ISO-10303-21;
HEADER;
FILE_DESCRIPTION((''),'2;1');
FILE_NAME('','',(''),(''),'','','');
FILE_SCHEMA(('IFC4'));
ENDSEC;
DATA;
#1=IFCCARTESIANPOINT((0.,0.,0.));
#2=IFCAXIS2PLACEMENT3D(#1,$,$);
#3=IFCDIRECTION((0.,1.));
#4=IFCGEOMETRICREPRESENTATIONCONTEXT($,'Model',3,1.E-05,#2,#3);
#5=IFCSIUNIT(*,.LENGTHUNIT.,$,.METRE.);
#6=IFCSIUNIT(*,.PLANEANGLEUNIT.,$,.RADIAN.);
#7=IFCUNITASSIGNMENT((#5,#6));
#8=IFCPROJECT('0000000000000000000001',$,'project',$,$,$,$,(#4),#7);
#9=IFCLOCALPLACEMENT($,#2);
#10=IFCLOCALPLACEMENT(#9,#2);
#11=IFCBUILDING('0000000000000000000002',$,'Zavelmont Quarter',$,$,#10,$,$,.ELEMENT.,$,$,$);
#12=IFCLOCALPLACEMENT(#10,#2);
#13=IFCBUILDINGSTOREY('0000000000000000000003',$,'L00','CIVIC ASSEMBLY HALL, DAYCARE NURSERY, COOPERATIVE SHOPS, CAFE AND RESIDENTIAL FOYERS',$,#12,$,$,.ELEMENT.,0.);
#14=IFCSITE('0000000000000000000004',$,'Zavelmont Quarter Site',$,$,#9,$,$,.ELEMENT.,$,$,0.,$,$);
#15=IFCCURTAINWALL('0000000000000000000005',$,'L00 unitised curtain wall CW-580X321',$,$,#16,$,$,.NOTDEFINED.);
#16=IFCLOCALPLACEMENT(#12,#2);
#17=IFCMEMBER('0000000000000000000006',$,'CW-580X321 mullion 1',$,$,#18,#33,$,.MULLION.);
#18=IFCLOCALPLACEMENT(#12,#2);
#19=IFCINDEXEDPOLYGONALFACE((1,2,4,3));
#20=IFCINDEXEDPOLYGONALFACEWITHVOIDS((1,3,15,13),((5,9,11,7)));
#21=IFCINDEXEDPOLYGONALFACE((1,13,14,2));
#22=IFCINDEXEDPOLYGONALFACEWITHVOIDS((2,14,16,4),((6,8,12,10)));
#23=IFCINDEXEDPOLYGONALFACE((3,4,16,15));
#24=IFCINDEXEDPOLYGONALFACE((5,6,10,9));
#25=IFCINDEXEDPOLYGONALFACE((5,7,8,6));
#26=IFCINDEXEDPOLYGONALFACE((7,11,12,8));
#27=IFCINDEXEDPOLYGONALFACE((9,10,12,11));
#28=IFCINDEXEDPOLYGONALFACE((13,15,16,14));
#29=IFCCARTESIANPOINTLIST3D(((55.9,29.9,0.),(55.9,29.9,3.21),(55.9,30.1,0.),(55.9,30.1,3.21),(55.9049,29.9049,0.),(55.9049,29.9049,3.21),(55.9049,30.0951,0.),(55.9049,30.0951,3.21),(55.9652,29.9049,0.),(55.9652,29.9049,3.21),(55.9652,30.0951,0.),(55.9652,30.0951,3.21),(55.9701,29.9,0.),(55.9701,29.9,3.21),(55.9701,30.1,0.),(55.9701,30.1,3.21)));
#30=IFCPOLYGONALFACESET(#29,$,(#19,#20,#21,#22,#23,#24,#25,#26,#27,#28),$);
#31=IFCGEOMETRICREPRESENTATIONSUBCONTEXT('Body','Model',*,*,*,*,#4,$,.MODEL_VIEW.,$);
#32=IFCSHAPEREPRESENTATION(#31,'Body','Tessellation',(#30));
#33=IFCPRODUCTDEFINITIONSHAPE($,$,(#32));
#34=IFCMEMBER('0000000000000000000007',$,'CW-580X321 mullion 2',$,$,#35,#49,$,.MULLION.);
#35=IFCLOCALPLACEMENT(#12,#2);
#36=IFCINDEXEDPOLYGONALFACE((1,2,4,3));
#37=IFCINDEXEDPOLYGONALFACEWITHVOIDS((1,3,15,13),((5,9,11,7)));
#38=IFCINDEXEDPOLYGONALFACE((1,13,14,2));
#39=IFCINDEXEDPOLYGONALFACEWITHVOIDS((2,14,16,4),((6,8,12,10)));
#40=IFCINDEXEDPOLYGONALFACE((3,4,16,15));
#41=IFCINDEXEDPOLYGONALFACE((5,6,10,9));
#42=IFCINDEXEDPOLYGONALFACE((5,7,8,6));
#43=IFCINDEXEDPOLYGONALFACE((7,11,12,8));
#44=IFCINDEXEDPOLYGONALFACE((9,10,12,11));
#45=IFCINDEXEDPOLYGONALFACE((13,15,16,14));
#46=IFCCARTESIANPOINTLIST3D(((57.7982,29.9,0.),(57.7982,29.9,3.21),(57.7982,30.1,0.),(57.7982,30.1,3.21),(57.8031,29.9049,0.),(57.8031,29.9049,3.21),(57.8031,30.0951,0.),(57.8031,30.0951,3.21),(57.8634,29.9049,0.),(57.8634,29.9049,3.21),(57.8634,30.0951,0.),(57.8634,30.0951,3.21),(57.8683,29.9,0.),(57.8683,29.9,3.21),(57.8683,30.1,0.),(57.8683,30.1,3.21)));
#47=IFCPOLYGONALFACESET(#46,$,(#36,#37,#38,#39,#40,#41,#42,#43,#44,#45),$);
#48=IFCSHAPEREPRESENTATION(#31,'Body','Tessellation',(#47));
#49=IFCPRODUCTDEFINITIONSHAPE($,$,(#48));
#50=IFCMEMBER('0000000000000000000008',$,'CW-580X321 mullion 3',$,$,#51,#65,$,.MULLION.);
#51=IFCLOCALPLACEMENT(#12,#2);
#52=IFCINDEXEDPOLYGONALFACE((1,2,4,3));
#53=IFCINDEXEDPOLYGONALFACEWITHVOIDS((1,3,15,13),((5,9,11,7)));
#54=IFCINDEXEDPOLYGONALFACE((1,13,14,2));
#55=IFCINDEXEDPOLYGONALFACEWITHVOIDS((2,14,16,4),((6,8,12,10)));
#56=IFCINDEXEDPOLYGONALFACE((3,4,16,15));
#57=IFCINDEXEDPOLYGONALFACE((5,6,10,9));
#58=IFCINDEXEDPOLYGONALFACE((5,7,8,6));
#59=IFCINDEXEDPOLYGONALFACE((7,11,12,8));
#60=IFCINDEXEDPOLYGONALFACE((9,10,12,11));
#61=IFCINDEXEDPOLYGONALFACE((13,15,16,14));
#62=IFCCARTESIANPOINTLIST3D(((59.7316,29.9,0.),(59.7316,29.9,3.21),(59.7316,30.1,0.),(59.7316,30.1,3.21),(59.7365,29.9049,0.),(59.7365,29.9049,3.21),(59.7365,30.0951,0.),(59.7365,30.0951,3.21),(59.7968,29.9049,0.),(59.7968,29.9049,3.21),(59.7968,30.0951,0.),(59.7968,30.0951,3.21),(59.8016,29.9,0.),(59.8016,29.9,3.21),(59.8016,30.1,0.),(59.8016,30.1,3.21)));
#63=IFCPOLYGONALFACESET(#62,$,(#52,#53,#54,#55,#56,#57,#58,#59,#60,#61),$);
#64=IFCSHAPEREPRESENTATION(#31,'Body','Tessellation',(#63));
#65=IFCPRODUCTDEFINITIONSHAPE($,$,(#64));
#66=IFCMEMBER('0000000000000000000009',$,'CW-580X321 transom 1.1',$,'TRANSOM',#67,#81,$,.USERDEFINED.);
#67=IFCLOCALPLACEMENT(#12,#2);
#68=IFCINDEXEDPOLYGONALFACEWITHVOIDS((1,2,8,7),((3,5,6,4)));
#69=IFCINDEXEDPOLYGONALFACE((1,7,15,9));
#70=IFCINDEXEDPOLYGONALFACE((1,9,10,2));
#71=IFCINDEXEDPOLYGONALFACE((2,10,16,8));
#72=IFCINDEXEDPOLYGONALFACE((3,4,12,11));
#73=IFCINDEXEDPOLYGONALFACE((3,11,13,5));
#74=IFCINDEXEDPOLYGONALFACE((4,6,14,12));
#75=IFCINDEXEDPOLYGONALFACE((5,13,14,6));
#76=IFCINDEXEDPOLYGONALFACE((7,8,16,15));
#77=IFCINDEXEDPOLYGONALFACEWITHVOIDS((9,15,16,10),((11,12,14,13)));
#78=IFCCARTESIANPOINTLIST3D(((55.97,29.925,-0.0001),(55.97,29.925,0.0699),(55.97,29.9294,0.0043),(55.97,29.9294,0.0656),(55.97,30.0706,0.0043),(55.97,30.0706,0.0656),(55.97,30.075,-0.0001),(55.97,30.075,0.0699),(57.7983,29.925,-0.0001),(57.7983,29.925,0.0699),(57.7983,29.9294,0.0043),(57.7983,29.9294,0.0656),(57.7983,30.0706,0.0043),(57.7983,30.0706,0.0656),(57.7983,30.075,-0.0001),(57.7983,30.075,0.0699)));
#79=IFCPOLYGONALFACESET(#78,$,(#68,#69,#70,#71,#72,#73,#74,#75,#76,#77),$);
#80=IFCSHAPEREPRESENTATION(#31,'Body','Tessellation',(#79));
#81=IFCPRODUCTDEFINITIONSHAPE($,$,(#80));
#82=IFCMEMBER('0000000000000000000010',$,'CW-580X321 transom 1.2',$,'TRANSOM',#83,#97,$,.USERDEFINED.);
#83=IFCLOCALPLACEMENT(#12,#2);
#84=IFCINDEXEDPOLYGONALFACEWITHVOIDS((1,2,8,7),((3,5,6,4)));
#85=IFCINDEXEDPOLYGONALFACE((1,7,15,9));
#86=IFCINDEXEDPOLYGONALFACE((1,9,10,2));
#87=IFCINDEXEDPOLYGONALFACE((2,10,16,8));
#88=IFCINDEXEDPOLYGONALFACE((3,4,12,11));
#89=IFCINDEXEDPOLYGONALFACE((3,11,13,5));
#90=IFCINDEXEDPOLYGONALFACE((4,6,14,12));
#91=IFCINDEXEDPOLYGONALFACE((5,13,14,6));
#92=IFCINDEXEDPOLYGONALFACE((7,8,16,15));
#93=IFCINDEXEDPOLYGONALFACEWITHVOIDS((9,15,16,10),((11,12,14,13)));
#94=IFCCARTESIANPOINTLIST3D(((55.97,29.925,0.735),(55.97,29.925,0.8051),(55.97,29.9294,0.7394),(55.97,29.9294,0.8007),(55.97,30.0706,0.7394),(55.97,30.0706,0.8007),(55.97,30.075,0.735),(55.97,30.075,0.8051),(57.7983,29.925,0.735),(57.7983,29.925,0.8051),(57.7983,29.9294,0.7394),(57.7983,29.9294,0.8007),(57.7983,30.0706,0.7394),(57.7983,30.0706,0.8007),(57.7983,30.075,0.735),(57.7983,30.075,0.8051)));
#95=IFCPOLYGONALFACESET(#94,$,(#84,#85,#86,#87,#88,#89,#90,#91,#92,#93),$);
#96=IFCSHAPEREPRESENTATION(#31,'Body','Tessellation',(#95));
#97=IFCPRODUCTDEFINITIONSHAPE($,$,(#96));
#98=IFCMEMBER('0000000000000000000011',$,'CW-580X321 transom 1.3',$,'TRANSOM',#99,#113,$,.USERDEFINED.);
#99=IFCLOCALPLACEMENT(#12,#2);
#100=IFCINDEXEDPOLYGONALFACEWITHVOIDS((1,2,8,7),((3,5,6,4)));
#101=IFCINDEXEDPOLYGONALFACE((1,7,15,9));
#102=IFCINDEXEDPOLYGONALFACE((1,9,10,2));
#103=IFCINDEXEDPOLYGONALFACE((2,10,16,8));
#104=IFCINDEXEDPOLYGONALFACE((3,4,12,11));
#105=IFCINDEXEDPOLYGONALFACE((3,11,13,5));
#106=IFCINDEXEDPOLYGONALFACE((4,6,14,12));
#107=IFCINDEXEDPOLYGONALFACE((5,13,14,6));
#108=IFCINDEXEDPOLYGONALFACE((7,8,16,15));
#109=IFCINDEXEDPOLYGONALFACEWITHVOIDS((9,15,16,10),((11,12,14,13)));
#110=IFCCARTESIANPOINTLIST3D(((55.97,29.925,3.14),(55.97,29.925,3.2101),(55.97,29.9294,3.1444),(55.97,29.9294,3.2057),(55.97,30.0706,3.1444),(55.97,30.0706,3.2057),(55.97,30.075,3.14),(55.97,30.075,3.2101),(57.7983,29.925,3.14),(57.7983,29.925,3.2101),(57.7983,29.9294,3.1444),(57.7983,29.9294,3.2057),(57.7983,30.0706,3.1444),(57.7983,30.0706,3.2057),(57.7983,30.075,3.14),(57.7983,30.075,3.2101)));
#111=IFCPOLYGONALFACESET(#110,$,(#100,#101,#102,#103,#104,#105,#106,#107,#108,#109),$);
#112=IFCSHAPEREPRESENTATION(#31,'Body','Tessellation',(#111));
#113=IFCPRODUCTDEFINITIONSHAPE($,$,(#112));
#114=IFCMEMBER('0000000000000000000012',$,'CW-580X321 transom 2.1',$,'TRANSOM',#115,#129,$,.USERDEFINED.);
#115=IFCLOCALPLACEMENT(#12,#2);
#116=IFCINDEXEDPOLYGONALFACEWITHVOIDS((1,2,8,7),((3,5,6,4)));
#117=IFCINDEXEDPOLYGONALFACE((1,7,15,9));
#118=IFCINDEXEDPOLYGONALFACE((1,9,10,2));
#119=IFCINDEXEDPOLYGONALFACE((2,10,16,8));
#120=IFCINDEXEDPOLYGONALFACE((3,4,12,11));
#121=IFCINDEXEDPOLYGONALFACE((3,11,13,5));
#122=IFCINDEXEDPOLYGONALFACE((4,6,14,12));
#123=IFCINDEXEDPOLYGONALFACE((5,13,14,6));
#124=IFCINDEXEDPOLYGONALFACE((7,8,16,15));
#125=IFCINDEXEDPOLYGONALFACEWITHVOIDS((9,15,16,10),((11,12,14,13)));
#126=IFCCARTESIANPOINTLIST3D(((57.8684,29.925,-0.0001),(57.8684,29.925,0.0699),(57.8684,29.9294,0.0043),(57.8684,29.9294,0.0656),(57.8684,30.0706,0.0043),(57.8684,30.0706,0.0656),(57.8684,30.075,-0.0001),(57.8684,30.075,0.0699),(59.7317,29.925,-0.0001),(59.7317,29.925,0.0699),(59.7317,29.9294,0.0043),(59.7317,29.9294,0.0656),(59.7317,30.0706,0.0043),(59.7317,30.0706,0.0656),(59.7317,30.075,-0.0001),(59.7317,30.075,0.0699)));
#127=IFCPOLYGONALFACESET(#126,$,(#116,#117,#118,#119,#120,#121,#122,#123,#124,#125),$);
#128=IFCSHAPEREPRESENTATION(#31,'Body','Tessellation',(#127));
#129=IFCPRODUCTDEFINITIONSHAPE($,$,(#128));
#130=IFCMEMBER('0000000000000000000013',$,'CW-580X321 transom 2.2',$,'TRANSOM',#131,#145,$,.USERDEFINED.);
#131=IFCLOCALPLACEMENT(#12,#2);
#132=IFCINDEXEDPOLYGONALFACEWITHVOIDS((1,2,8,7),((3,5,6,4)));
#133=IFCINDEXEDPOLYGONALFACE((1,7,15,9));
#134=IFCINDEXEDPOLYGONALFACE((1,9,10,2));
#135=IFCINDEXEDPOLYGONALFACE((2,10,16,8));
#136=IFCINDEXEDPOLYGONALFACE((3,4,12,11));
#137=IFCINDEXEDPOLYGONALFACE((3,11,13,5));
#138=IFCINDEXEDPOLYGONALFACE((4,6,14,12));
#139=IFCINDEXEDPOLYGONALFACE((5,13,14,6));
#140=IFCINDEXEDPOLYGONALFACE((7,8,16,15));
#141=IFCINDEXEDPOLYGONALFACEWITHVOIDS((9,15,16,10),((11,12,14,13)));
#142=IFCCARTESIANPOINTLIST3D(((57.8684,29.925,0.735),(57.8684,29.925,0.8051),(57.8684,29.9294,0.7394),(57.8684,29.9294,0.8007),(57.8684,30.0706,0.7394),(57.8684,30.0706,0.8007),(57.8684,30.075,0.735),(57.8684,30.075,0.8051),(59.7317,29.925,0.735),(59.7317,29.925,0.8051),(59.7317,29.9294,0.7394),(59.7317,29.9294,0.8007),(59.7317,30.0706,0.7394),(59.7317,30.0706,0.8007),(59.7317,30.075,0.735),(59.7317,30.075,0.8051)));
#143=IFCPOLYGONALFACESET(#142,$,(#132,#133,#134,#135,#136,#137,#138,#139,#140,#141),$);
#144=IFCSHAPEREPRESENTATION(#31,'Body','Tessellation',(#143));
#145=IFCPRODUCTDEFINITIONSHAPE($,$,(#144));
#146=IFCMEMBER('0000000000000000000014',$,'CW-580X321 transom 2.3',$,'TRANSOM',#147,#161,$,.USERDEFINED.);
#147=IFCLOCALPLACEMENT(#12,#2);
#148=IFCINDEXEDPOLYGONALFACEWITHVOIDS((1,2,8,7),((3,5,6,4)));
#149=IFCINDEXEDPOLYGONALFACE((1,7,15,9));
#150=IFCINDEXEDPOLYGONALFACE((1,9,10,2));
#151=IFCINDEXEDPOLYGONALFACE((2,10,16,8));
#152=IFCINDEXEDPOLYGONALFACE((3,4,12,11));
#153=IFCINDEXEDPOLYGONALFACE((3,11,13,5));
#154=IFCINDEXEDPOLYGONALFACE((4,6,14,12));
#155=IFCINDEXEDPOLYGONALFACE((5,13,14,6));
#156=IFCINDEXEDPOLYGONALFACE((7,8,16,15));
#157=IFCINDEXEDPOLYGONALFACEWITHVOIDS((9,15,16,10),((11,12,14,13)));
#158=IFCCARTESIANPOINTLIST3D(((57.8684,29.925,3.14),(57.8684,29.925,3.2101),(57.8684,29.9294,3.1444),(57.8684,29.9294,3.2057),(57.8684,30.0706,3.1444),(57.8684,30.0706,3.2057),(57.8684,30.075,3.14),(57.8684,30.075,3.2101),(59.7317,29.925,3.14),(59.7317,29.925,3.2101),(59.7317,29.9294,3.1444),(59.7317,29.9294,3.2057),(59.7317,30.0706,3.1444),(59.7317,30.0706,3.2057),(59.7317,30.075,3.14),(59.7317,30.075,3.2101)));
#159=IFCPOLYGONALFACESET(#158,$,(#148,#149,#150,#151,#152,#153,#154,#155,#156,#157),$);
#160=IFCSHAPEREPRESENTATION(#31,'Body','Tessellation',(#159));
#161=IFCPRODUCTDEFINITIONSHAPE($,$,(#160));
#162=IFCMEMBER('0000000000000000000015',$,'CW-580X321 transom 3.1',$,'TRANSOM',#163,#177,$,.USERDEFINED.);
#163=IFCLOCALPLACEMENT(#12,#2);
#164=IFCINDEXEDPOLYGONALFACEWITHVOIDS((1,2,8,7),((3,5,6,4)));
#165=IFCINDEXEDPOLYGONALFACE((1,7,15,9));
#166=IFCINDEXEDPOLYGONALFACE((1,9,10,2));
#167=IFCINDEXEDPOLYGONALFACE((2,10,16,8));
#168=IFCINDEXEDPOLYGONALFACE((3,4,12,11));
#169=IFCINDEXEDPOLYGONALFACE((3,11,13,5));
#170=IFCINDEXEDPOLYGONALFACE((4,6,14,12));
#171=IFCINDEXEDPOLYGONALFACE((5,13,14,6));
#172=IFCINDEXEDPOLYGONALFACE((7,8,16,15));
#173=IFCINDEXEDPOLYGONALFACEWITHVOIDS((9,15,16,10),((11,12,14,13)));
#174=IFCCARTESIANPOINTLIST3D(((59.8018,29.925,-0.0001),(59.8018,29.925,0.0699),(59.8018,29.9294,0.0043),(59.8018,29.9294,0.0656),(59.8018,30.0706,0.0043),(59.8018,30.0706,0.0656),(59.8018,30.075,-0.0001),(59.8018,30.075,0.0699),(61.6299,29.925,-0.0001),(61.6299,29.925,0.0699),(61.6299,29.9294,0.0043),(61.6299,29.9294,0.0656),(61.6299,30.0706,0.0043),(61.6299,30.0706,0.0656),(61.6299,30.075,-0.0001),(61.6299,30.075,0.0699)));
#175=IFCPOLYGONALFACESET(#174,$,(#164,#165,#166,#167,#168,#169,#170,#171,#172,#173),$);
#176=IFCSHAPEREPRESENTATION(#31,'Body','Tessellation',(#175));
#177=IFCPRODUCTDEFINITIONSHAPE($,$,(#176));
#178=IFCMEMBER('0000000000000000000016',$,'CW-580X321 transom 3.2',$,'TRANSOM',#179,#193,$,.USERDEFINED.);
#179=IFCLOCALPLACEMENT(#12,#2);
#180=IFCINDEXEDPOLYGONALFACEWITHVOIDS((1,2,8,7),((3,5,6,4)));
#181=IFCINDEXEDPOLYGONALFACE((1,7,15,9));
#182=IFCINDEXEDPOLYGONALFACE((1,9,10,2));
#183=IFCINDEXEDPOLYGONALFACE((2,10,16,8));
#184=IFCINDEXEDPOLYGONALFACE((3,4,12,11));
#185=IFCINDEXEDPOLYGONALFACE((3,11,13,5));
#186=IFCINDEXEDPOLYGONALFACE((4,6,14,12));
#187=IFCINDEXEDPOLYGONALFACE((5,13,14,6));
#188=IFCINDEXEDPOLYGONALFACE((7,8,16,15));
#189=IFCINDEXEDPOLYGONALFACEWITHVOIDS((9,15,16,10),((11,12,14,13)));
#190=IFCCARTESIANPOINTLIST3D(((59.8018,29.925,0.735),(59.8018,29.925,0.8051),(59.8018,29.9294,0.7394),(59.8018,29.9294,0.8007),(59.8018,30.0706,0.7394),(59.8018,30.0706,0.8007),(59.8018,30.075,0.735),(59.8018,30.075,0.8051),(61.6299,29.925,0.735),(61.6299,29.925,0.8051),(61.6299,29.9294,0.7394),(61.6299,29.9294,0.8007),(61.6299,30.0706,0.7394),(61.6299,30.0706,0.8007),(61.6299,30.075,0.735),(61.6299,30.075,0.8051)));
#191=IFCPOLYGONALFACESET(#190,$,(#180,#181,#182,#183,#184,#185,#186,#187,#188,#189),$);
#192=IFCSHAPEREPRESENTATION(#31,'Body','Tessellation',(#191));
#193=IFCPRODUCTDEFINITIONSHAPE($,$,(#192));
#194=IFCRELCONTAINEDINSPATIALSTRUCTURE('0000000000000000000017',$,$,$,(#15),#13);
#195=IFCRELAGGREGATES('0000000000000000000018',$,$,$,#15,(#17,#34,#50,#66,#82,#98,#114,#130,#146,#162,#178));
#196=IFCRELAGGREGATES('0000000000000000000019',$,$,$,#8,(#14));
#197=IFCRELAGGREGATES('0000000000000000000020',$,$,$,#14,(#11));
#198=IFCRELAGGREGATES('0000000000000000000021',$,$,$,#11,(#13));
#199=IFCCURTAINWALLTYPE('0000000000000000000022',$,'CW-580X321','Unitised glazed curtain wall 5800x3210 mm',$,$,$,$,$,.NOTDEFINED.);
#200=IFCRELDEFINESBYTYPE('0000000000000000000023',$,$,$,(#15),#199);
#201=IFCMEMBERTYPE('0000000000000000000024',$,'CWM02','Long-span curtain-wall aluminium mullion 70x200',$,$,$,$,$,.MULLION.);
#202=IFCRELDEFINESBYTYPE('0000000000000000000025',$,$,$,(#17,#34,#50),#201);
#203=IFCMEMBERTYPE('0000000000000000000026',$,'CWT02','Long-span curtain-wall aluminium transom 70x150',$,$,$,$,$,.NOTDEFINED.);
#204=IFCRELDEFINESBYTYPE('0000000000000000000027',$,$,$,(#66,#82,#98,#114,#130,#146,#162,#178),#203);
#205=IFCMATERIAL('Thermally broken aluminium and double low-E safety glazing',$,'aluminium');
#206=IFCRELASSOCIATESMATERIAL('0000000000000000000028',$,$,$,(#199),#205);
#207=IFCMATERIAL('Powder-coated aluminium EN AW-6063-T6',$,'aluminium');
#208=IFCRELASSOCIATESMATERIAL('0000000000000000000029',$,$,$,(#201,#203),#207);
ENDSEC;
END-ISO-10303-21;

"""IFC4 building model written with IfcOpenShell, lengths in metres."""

from ifc_helpers import new_model, si_unit, direction, frame, origin, origin_2d, place, context, subcontext, project, spatial, hollow_rectangle, extrude, material, material_profile, profile_set, type_object, element, aggregate, save


model = new_model("IFC4")

# Units and contexts
model_context = context("Model", 3, precision=1e-05, world=origin(), true_north=direction((0.0, 1.0)))
body_context = subcontext(model_context, "Body", "Model", "MODEL_VIEW")
ifc_project = project(units=[si_unit("LENGTHUNIT", "METRE"), si_unit("PLANEANGLEUNIT", "RADIAN")], contexts=[model_context])

# Site, building, storey
site_placement = place(None, origin())
site = spatial("IfcSite", under=ifc_project, at=site_placement, Name="Zavelmont Quarter Site", CompositionType="ELEMENT", RefElevation=0.0)
building_placement = place(site_placement, origin())
building = spatial("IfcBuilding", under=site, at=building_placement, Name="Zavelmont Quarter", CompositionType="ELEMENT")
storey_placement = place(building_placement, origin())
storey = spatial("IfcBuildingStorey", under=building, at=storey_placement, Name="L00", Description="CIVIC ASSEMBLY HALL, DAYCARE NURSERY, COOPERATIVE SHOPS, CAFE AND RESIDENTIAL FOYERS", CompositionType="ELEMENT", Elevation=0.0)

# Curtain wall, members
ifc_material_1 = material(Name="Thermally broken aluminium and double low-E safety glazing", Category="aluminium")
curtain_wall_type_1 = type_object("IfcCurtainWallType", Name="CW-580X321", Description="Unitised glazed curtain wall 5800x3210 mm", PredefinedType="NOTDEFINED", material=ifc_material_1)
curtain_wall_1_placement = place(storey_placement, origin())
curtain_wall_1 = element("IfcCurtainWall", 1, at=curtain_wall_1_placement, inside=storey, type_object=curtain_wall_type_1, Name="L00 unitised curtain wall CW-580X321", PredefinedType="NOTDEFINED")
ifc_material_2 = material(Name="Powder-coated aluminium EN AW-6063-T6", Category="aluminium")
ifc_material_profile_1 = material_profile(ifc_material_2, hollow_rectangle(XDim=0.0701, YDim=0.2, WallThickness=0.0049, at=origin_2d()), Name="CWM70X200")
ifc_profile_set_1 = profile_set([ifc_material_profile_1], Name="Powder-coated aluminium EN AW-6063-T6")
member_type_1 = type_object("IfcMemberType", Name="CWM02", Description="Long-span curtain-wall aluminium mullion 70x200", PredefinedType="MULLION", material=ifc_profile_set_1)
member_1_placement = place(storey_placement, frame((55.9351, 30.0, 0.0), z_axis=(0.0, 0.0, 1.0), x_axis=(1.0, 0.0, 0.0)))
member_1 = element("IfcMember", 2, at=member_1_placement, type_object=member_type_1, Name="CW-580X321 mullion 1", PredefinedType="MULLION", context=body_context, shape_type="SweptSolid", body=[
    extrude(hollow_rectangle(XDim=0.0701, YDim=0.2, WallThickness=0.0049, at=origin_2d()), origin(), (0.0, 0.0, 1.0), 3.21),
])
member_2_placement = place(storey_placement, frame((57.8333, 30.0, 0.0), z_axis=(0.0, 0.0, 1.0), x_axis=(1.0, 0.0, 0.0)))
member_2 = element("IfcMember", 3, at=member_2_placement, type_object=member_type_1, Name="CW-580X321 mullion 2", PredefinedType="MULLION", context=body_context, shape_type="SweptSolid", body=[
    extrude(hollow_rectangle(XDim=0.0701, YDim=0.2, WallThickness=0.0049, at=origin_2d()), origin(), (0.0, 0.0, 1.0), 3.21),
])
member_3_placement = place(storey_placement, frame((59.7666, 30.0, 0.0), z_axis=(0.0, 0.0, 1.0), x_axis=(1.0, 0.0, 0.0)))
member_3 = element("IfcMember", 4, at=member_3_placement, type_object=member_type_1, Name="CW-580X321 mullion 3", PredefinedType="MULLION", context=body_context, shape_type="SweptSolid", body=[
    extrude(hollow_rectangle(XDim=0.0701, YDim=0.2, WallThickness=0.0049, at=origin_2d()), origin(), (0.0, 0.0, 1.0), 3.21),
])
ifc_material_profile_2 = material_profile(ifc_material_2, hollow_rectangle(XDim=0.1499, YDim=0.0701, WallThickness=0.0044, at=origin_2d()), Name="CWT70X150")
ifc_profile_set_2 = profile_set([ifc_material_profile_2], Name="Powder-coated aluminium EN AW-6063-T6")
member_type_2 = type_object("IfcMemberType", Name="CWT02", Description="Long-span curtain-wall aluminium transom 70x150", PredefinedType="NOTDEFINED", material=ifc_profile_set_2)
member_4_placement = place(storey_placement, frame((55.97, 30.0, 0.0349), z_axis=(1.0, 0.0, 0.0), x_axis=(0.0, 1.0, 0.0)))
member_4 = element("IfcMember", 5, at=member_4_placement, type_object=member_type_2, Name="CW-580X321 transom 1.1", ObjectType="TRANSOM", PredefinedType="USERDEFINED", context=body_context, shape_type="SweptSolid", body=[
    extrude(hollow_rectangle(XDim=0.1499, YDim=0.0701, WallThickness=0.0044, at=origin_2d()), origin(), (0.0, 0.0, 1.0), 1.8284),
])
member_5_placement = place(storey_placement, frame((55.97, 30.0, 0.77), z_axis=(1.0, 0.0, 0.0), x_axis=(0.0, 1.0, 0.0)))
member_5 = element("IfcMember", 6, at=member_5_placement, type_object=member_type_2, Name="CW-580X321 transom 1.2", ObjectType="TRANSOM", PredefinedType="USERDEFINED", context=body_context, shape_type="SweptSolid", body=[
    extrude(hollow_rectangle(XDim=0.1499, YDim=0.0701, WallThickness=0.0044, at=origin_2d()), origin(), (0.0, 0.0, 1.0), 1.8284),
])
member_6_placement = place(storey_placement, frame((55.97, 30.0, 3.175), z_axis=(1.0, 0.0, 0.0), x_axis=(0.0, 1.0, 0.0)))
member_6 = element("IfcMember", 7, at=member_6_placement, type_object=member_type_2, Name="CW-580X321 transom 1.3", ObjectType="TRANSOM", PredefinedType="USERDEFINED", context=body_context, shape_type="SweptSolid", body=[
    extrude(hollow_rectangle(XDim=0.1499, YDim=0.0701, WallThickness=0.0044, at=origin_2d()), origin(), (0.0, 0.0, 1.0), 1.8284),
])
member_7_placement = place(storey_placement, frame((57.8684, 30.0, 0.0349), z_axis=(1.0, 0.0, 0.0), x_axis=(0.0, 1.0, 0.0)))
member_7 = element("IfcMember", 8, at=member_7_placement, type_object=member_type_2, Name="CW-580X321 transom 2.1", ObjectType="TRANSOM", PredefinedType="USERDEFINED", context=body_context, shape_type="SweptSolid", body=[
    extrude(hollow_rectangle(XDim=0.1499, YDim=0.0701, WallThickness=0.0044, at=origin_2d()), origin(), (0.0, 0.0, 1.0), 1.8633),
])
member_8_placement = place(storey_placement, frame((57.8684, 30.0, 0.77), z_axis=(1.0, 0.0, 0.0), x_axis=(0.0, 1.0, 0.0)))
member_8 = element("IfcMember", 9, at=member_8_placement, type_object=member_type_2, Name="CW-580X321 transom 2.2", ObjectType="TRANSOM", PredefinedType="USERDEFINED", context=body_context, shape_type="SweptSolid", body=[
    extrude(hollow_rectangle(XDim=0.1499, YDim=0.0701, WallThickness=0.0044, at=origin_2d()), origin(), (0.0, 0.0, 1.0), 1.8633),
])
member_9_placement = place(storey_placement, frame((57.8684, 30.0, 3.175), z_axis=(1.0, 0.0, 0.0), x_axis=(0.0, 1.0, 0.0)))
member_9 = element("IfcMember", 10, at=member_9_placement, type_object=member_type_2, Name="CW-580X321 transom 2.3", ObjectType="TRANSOM", PredefinedType="USERDEFINED", context=body_context, shape_type="SweptSolid", body=[
    extrude(hollow_rectangle(XDim=0.1499, YDim=0.0701, WallThickness=0.0044, at=origin_2d()), origin(), (0.0, 0.0, 1.0), 1.8633),
])
member_10_placement = place(storey_placement, frame((59.8018, 30.0, 0.0349), z_axis=(1.0, 0.0, 0.0), x_axis=(0.0, 1.0, 0.0)))
member_10 = element("IfcMember", 11, at=member_10_placement, type_object=member_type_2, Name="CW-580X321 transom 3.1", ObjectType="TRANSOM", PredefinedType="USERDEFINED", context=body_context, shape_type="SweptSolid", body=[
    extrude(hollow_rectangle(XDim=0.1499, YDim=0.0701, WallThickness=0.0044, at=origin_2d()), origin(), (0.0, 0.0, 1.0), 1.8281),
])
member_11_placement = place(storey_placement, frame((59.8018, 30.0, 0.77), z_axis=(1.0, 0.0, 0.0), x_axis=(0.0, 1.0, 0.0)))
member_11 = element("IfcMember", 12, at=member_11_placement, type_object=member_type_2, Name="CW-580X321 transom 3.2", ObjectType="TRANSOM", PredefinedType="USERDEFINED", context=body_context, shape_type="SweptSolid", body=[
    extrude(hollow_rectangle(XDim=0.1499, YDim=0.0701, WallThickness=0.0044, at=origin_2d()), origin(), (0.0, 0.0, 1.0), 1.8281),
])

aggregate(curtain_wall_1, [member_1, member_2, member_3, member_4, member_5, member_6, member_7, member_8, member_9, member_10, member_11])

save(model, "model.ifc")
